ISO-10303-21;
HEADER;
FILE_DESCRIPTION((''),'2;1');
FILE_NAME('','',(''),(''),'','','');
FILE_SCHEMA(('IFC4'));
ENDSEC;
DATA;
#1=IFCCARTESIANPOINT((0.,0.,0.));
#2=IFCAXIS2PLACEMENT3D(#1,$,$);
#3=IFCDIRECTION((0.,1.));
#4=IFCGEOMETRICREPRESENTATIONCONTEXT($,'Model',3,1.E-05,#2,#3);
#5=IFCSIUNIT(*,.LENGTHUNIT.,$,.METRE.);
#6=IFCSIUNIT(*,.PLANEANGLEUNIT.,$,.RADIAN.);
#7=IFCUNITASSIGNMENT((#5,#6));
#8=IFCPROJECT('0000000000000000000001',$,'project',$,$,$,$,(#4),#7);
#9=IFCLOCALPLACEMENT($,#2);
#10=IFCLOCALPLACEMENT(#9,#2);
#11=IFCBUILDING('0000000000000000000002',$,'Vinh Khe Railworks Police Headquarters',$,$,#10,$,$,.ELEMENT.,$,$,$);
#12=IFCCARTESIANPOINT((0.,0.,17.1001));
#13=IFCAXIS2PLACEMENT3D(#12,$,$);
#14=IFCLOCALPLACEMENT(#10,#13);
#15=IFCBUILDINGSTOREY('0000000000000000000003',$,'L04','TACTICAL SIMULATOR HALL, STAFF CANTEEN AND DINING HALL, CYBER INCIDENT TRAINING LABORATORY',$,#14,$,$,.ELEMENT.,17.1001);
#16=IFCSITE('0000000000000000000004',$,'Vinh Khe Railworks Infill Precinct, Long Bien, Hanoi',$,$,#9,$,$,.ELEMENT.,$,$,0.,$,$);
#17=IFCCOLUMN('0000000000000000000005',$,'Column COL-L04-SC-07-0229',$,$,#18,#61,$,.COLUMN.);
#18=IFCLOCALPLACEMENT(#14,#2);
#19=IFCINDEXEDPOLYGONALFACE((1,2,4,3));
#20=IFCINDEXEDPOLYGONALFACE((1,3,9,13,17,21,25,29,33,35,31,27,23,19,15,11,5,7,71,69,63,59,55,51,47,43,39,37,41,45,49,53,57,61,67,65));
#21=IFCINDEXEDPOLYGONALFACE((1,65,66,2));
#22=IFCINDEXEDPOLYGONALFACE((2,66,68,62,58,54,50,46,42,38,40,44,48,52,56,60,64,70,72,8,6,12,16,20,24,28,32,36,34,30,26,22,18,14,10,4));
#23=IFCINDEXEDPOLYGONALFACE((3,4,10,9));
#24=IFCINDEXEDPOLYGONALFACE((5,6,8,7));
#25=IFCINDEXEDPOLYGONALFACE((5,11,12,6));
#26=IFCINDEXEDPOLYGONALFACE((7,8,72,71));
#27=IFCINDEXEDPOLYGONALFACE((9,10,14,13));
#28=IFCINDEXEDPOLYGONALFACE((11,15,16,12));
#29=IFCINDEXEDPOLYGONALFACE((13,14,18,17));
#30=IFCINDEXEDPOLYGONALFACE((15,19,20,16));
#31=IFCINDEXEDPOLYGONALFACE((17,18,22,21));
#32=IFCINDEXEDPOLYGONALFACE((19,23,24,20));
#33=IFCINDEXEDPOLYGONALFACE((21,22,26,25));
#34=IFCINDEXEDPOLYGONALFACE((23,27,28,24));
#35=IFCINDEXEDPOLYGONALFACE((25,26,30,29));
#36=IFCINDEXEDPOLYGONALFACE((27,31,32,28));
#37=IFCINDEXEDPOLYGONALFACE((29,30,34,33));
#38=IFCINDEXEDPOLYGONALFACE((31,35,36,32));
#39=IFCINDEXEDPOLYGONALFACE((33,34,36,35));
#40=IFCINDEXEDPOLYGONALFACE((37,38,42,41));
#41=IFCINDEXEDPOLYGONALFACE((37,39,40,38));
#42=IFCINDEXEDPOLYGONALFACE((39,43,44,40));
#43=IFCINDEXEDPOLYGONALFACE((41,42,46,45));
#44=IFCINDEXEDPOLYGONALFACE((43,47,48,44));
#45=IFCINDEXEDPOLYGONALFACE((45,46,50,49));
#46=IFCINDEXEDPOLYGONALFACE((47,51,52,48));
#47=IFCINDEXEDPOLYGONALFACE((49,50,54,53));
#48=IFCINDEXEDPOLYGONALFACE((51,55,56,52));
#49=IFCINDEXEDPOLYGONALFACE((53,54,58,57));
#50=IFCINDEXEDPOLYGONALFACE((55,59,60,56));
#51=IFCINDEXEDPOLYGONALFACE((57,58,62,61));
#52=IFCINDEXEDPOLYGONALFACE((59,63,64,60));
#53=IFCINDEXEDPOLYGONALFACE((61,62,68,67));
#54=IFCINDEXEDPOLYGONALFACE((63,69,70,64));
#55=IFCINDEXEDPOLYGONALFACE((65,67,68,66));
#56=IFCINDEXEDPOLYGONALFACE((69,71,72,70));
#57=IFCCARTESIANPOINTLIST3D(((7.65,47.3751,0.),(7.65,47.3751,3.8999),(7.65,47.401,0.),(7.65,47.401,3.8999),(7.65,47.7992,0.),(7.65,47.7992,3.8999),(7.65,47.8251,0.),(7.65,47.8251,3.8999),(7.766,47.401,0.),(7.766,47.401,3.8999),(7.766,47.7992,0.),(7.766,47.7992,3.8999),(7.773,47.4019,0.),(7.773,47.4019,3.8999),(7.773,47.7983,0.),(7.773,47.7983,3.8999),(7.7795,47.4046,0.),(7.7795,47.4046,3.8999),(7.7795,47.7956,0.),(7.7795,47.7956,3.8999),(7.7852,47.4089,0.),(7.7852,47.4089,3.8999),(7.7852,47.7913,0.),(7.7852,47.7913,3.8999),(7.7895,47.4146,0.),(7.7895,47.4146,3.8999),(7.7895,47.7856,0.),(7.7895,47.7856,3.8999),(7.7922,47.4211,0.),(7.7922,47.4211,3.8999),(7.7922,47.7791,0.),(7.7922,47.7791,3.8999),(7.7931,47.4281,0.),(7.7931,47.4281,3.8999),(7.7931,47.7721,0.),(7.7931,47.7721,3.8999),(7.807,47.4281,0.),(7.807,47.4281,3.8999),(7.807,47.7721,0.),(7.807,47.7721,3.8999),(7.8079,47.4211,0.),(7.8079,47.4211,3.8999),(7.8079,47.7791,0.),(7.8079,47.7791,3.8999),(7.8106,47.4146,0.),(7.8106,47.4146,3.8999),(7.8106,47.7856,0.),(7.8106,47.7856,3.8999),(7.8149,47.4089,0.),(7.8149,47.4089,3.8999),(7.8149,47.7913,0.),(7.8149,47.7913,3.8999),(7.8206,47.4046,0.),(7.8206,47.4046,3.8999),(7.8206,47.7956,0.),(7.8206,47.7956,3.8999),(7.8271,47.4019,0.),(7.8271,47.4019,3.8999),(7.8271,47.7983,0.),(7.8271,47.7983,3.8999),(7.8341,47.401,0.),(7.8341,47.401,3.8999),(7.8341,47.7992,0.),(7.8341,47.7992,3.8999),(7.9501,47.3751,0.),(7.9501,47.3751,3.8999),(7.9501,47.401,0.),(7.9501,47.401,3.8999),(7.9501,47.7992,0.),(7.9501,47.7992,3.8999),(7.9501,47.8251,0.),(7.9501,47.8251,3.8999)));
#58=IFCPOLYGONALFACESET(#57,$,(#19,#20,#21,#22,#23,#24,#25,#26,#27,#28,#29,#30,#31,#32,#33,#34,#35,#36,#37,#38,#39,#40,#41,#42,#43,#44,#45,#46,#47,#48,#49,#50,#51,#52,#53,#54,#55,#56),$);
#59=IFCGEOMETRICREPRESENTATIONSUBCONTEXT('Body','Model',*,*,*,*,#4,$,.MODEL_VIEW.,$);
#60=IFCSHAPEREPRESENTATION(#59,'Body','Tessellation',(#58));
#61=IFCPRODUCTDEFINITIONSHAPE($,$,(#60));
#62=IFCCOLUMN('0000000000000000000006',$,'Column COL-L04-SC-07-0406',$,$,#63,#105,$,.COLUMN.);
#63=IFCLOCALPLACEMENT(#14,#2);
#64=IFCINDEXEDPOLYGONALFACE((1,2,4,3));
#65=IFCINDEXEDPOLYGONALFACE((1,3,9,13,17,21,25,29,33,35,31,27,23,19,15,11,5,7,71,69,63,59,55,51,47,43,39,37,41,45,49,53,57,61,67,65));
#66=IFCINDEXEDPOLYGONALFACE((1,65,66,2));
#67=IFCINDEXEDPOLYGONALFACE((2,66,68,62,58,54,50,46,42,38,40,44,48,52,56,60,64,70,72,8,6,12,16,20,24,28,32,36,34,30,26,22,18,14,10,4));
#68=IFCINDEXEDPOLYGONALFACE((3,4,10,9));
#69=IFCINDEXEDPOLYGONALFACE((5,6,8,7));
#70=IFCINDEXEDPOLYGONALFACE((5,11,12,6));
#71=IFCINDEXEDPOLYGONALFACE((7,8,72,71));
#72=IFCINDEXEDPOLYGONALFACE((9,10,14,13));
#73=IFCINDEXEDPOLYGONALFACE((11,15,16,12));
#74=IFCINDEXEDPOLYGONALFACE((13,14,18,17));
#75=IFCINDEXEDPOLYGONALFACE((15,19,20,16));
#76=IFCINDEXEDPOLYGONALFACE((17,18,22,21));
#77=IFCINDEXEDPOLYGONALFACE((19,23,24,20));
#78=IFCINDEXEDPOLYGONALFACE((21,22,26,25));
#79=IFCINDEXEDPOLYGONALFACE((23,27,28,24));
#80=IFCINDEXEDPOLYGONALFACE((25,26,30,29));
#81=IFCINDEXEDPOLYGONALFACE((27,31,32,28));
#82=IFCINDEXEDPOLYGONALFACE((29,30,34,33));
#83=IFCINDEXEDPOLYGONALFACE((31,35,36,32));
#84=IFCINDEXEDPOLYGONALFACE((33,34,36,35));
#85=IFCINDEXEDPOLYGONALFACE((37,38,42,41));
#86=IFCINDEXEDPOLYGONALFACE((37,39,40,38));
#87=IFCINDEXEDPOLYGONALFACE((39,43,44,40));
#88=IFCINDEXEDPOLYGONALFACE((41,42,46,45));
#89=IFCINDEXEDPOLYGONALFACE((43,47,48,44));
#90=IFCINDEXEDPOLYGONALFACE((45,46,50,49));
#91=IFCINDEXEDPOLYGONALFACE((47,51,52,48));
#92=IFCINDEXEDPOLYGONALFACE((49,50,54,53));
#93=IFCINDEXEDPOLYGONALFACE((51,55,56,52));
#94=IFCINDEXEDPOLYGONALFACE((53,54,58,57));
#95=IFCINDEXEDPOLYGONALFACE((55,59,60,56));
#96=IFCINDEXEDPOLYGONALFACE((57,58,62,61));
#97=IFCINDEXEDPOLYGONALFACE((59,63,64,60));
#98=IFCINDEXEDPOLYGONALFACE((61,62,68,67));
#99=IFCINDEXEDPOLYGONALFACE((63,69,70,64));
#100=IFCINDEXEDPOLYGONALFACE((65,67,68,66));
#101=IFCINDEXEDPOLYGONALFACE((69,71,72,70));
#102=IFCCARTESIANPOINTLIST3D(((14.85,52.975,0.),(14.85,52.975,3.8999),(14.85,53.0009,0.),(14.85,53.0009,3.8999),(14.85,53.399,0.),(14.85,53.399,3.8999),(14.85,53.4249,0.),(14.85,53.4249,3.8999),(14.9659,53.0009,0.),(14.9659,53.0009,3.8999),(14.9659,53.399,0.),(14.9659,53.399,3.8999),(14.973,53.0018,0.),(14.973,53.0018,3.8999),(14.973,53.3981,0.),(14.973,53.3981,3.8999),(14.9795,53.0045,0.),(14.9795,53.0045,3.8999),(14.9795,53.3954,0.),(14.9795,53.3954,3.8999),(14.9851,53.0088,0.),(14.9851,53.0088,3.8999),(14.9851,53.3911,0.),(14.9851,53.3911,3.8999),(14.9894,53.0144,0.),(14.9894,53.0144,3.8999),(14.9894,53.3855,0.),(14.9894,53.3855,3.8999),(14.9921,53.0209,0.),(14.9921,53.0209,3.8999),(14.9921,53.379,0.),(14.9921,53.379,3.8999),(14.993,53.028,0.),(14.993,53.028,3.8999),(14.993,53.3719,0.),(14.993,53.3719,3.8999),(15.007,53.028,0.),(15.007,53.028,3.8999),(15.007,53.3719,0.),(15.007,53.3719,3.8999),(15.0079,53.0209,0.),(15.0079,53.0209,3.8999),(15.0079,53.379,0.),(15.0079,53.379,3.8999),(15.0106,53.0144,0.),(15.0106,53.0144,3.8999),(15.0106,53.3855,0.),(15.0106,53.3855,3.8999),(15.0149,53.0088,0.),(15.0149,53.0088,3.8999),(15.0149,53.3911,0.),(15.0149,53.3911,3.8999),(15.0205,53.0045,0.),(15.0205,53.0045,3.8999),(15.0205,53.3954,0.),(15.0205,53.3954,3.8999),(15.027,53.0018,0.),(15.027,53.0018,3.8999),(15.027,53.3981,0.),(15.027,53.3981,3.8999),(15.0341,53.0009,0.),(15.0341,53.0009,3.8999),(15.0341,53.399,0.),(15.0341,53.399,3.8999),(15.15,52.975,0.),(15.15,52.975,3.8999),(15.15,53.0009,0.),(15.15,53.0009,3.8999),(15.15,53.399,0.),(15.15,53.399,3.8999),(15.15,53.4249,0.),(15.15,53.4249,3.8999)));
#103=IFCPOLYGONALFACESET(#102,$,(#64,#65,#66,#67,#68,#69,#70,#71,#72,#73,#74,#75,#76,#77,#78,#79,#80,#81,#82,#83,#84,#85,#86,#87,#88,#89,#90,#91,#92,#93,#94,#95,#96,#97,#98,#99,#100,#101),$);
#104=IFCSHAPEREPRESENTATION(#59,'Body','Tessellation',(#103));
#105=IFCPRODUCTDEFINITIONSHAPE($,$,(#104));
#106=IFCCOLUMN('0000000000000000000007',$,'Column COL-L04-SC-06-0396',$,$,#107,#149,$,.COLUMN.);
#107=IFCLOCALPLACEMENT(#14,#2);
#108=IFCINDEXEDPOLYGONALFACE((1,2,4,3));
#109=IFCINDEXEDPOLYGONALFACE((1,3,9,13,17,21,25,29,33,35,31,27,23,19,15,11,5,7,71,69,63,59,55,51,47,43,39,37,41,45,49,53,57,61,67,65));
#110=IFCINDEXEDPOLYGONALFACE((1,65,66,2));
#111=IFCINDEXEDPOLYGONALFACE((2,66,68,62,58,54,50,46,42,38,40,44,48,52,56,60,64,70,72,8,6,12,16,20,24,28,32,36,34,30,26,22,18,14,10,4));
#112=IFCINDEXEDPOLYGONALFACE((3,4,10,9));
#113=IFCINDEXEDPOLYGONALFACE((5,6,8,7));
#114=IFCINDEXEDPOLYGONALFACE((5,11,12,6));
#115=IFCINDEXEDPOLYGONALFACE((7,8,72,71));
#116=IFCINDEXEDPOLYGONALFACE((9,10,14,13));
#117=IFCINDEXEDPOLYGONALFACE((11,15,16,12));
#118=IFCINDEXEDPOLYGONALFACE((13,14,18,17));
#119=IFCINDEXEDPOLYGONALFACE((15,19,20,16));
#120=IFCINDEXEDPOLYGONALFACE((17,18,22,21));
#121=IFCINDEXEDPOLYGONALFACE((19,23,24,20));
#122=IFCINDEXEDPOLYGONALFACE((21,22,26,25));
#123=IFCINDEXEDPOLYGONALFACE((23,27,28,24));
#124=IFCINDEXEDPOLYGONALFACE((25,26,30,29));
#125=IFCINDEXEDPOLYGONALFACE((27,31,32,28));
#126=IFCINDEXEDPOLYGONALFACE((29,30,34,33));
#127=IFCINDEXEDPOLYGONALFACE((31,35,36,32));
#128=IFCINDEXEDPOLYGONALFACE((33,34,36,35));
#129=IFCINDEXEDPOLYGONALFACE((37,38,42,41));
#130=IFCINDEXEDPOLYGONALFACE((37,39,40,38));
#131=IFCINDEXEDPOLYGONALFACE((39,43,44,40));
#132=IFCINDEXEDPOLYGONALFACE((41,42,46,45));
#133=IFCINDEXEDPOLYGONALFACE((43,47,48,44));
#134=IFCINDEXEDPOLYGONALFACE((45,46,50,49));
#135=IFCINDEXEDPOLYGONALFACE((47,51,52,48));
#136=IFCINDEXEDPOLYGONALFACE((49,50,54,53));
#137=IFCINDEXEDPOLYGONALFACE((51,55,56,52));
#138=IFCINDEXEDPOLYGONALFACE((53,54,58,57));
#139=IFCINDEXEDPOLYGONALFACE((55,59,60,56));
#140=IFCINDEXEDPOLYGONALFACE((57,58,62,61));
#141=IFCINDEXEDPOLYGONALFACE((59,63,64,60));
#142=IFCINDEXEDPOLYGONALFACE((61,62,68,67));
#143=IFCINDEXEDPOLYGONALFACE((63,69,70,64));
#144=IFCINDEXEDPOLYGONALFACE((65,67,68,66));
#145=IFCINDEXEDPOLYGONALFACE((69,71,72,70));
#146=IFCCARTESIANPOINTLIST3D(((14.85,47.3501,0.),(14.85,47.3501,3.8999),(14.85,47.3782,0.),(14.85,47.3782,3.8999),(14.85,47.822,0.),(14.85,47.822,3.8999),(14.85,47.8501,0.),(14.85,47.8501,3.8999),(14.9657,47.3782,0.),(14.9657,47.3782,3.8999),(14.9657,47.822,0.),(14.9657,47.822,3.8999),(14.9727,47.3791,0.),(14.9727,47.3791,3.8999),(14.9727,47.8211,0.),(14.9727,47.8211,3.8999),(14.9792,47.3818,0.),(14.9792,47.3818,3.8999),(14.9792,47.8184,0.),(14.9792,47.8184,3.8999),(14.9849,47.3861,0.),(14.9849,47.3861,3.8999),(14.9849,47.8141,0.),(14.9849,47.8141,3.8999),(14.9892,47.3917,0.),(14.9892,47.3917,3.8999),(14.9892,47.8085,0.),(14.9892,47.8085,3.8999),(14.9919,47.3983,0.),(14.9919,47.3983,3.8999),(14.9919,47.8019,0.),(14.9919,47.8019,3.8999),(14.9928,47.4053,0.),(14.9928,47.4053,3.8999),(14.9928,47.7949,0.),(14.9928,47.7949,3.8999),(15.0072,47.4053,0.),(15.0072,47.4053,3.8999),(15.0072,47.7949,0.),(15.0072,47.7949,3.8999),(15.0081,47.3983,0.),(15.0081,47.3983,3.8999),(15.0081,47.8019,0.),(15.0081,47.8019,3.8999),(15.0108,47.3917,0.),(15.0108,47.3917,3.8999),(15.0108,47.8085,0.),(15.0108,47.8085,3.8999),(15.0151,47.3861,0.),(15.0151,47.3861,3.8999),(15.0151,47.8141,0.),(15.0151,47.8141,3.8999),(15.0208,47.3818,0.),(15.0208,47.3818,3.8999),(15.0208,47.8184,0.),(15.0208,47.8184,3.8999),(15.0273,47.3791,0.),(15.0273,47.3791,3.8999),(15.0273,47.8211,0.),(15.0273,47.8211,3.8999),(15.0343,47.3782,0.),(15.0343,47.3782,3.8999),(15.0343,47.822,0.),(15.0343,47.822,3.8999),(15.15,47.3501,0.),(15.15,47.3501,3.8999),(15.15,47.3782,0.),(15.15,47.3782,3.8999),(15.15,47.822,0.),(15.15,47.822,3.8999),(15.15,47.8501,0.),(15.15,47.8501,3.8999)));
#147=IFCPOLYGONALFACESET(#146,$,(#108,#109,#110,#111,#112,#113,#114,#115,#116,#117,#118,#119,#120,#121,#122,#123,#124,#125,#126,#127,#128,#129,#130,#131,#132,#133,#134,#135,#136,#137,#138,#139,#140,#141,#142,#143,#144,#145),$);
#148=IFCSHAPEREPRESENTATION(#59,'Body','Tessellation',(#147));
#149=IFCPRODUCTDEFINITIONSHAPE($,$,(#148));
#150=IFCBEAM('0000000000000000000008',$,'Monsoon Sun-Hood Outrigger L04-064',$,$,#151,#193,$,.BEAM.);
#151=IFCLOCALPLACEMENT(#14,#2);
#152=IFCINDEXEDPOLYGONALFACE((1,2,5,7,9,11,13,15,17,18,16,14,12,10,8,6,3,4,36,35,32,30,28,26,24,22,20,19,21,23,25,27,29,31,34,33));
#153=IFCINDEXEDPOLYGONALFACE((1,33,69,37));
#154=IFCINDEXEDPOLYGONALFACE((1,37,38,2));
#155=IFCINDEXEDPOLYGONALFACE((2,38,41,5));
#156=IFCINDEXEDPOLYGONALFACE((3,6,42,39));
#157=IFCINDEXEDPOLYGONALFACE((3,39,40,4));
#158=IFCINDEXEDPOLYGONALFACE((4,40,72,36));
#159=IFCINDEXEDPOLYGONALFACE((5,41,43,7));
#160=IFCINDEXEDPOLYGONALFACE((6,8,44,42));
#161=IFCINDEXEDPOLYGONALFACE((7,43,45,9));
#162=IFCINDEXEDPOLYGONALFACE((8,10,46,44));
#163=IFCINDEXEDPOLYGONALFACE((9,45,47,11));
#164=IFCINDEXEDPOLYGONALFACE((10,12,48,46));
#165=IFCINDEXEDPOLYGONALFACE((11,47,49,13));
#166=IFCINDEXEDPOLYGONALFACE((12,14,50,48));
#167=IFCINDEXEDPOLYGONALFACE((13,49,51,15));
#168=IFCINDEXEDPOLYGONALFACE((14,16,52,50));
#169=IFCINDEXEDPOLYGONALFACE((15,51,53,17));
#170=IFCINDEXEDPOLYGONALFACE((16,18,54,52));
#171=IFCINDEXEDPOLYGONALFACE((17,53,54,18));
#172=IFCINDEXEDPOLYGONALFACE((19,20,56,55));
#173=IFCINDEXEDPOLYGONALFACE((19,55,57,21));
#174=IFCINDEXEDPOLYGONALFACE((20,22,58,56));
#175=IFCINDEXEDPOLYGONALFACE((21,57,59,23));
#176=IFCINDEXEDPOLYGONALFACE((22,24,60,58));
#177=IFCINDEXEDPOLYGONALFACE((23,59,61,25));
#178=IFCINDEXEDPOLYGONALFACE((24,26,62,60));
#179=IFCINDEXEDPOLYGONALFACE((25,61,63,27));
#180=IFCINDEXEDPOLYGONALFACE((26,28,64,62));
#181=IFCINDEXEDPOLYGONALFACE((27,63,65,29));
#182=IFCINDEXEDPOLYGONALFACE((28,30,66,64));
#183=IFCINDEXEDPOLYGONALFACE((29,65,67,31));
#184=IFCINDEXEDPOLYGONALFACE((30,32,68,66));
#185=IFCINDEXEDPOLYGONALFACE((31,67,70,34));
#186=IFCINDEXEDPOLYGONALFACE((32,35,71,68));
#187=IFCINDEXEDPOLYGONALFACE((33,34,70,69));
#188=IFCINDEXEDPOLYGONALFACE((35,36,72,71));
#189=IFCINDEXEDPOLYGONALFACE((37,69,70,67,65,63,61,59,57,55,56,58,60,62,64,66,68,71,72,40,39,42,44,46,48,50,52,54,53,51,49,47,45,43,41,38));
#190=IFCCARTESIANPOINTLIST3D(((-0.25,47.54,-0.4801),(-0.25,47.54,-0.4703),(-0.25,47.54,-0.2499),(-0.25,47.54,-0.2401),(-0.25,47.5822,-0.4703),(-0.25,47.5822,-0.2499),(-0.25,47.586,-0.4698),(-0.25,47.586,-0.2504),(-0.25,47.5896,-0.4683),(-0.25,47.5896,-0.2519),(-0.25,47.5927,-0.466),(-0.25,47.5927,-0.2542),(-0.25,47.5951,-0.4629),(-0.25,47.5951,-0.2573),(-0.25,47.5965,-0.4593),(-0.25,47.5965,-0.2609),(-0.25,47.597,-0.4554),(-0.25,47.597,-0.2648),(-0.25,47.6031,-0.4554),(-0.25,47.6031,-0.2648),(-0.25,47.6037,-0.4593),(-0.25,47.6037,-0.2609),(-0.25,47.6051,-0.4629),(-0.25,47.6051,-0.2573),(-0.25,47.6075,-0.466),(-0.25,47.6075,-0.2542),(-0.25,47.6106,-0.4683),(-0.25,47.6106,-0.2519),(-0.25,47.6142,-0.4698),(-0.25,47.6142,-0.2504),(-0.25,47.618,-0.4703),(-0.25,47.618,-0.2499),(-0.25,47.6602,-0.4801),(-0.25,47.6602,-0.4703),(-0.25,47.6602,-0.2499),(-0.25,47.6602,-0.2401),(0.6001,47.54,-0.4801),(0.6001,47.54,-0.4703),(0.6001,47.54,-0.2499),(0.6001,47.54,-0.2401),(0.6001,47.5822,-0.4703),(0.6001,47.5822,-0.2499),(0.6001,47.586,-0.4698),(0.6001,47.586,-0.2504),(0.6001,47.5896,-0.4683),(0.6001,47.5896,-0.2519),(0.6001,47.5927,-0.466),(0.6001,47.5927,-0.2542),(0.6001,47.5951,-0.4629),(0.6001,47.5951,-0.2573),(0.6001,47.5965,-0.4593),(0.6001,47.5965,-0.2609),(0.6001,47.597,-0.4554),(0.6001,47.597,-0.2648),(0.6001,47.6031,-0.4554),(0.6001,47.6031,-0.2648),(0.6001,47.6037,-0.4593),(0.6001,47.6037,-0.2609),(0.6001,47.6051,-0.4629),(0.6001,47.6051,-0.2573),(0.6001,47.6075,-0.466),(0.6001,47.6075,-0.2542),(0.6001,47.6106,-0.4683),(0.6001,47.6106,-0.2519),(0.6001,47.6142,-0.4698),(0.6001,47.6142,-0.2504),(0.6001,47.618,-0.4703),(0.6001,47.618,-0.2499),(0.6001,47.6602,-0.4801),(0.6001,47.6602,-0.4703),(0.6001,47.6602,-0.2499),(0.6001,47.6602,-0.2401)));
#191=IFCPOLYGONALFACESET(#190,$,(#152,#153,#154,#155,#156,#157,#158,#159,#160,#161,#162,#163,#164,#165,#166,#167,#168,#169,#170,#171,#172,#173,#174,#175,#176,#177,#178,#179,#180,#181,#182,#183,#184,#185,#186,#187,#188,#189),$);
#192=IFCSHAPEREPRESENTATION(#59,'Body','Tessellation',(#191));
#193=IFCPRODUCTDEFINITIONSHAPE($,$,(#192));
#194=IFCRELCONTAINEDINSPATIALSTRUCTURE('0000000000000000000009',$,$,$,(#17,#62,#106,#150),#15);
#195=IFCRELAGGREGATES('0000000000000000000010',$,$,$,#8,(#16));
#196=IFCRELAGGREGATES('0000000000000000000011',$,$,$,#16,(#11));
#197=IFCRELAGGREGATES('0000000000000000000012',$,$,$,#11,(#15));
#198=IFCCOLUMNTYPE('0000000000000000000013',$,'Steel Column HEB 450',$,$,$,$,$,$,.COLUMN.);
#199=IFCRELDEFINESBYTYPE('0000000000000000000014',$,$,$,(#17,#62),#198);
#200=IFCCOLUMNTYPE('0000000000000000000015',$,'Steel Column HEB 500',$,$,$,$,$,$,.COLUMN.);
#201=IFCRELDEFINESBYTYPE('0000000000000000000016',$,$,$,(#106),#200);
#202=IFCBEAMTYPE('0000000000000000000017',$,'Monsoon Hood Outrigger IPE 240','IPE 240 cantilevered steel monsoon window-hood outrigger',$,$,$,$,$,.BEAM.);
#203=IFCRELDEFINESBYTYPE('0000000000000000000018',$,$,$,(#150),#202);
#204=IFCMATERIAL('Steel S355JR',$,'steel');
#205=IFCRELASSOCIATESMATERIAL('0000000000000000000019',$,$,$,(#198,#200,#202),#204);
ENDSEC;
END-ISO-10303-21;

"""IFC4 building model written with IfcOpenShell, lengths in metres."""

from ifc_helpers import new_model, si_unit, direction, frame, origin, origin_2d, place, context, subcontext, project, spatial, i_section, extrude, material, material_profile, profile_set, type_object, element, save


model = new_model("IFC4")

# Units and contexts
model_context = context("Model", 3, precision=1e-05, world=origin(), true_north=direction((0.0, 1.0)))
body_context = subcontext(model_context, "Body", "Model", "MODEL_VIEW")
ifc_project = project(units=[si_unit("LENGTHUNIT", "METRE"), si_unit("PLANEANGLEUNIT", "RADIAN")], contexts=[model_context])

# Site, building, storey
site_placement = place(None, origin())
site = spatial("IfcSite", under=ifc_project, at=site_placement, Name="Vinh Khe Railworks Infill Precinct, Long Bien, Hanoi", CompositionType="ELEMENT", RefElevation=0.0)
building_placement = place(site_placement, origin())
building = spatial("IfcBuilding", under=site, at=building_placement, Name="Vinh Khe Railworks Police Headquarters", CompositionType="ELEMENT")
storey_placement = place(building_placement, frame((0.0, 0.0, 17.1001)))
storey = spatial("IfcBuildingStorey", under=building, at=storey_placement, Name="L04", Description="TACTICAL SIMULATOR HALL, STAFF CANTEEN AND DINING HALL, CYBER INCIDENT TRAINING LABORATORY", CompositionType="ELEMENT", Elevation=17.1001)

# Columns
ifc_material_1 = material(Name="Steel S355JR", Category="steel")
ifc_material_profile_1 = material_profile(ifc_material_1, i_section(OverallWidth=0.3, OverallDepth=0.45, WebThickness=0.0139, FlangeThickness=0.0259, FilletRadius=0.0271, at=origin_2d()), Name="HEB 450")
ifc_profile_set_1 = profile_set([ifc_material_profile_1], Name="Steel S355JR")
column_type_1 = type_object("IfcColumnType", Name="Steel Column HEB 450", PredefinedType="COLUMN", material=ifc_profile_set_1)
for number, where, z_axis, x_axis, name in (
    (1, (7.8, 47.6001, 0.0), (0.0, 0.0, 1.0), (1.0, 0.0, 0.0), "Column COL-L04-SC-07-0229"),
    (2, (15.0, 53.2, 0.0), (0.0, 0.0, 1.0), (1.0, 0.0, 0.0), "Column COL-L04-SC-07-0406"),
):
    element("IfcColumn", number, at=place(storey_placement, frame(where, z_axis=z_axis, x_axis=x_axis)), inside=storey, type_object=column_type_1, Name=name, PredefinedType="COLUMN", context=body_context, shape_type="SweptSolid", body=[
        extrude(i_section(OverallWidth=0.3, OverallDepth=0.45, WebThickness=0.0139, FlangeThickness=0.0259, FilletRadius=0.0271, at=origin_2d()), origin(), (0.0, 0.0, 1.0), 3.8999),
    ])
ifc_material_profile_2 = material_profile(ifc_material_1, i_section(OverallWidth=0.3, OverallDepth=0.5, WebThickness=0.0144, FlangeThickness=0.0281, FilletRadius=0.0271, at=origin_2d()), Name="HEB 500")
ifc_profile_set_2 = profile_set([ifc_material_profile_2], Name="Steel S355JR")
column_type_2 = type_object("IfcColumnType", Name="Steel Column HEB 500", PredefinedType="COLUMN", material=ifc_profile_set_2)
column_1_placement = place(storey_placement, frame((15.0, 47.6001, 0.0), z_axis=(0.0, 0.0, 1.0), x_axis=(1.0, 0.0, 0.0)))
element("IfcColumn", 3, at=column_1_placement, inside=storey, type_object=column_type_2, Name="Column COL-L04-SC-06-0396", PredefinedType="COLUMN", context=body_context, shape_type="SweptSolid", body=[
    extrude(i_section(OverallWidth=0.3, OverallDepth=0.5, WebThickness=0.0144, FlangeThickness=0.0281, FilletRadius=0.0271, at=origin_2d()), origin(), (0.0, 0.0, 1.0), 3.8999),
])

# Beam
ifc_material_profile_3 = material_profile(ifc_material_1, i_section(OverallWidth=0.1201, OverallDepth=0.24, WebThickness=0.0061, FlangeThickness=0.0098, FilletRadius=0.0149, at=origin_2d()), Name="IPE 240")
ifc_profile_set_3 = profile_set([ifc_material_profile_3], Name="Steel S355JR")
beam_type_1 = type_object("IfcBeamType", Name="Monsoon Hood Outrigger IPE 240", Description="IPE 240 cantilevered steel monsoon window-hood outrigger", PredefinedType="BEAM", material=ifc_profile_set_3)
beam_1_placement = place(storey_placement, frame((-0.25, 47.6001, -0.3601), z_axis=(1.0, 0.0, 0.0), x_axis=(0.0, 1.0, 0.0)))
element("IfcBeam", 4, at=beam_1_placement, inside=storey, type_object=beam_type_1, Name="Monsoon Sun-Hood Outrigger L04-064", PredefinedType="BEAM", context=body_context, shape_type="SweptSolid", body=[
    extrude(i_section(OverallWidth=0.1201, OverallDepth=0.24, WebThickness=0.0061, FlangeThickness=0.0098, FilletRadius=0.0149, at=origin_2d()), origin(), (0.0, 0.0, 1.0), 0.8501),
])

save(model, "model.ifc")
